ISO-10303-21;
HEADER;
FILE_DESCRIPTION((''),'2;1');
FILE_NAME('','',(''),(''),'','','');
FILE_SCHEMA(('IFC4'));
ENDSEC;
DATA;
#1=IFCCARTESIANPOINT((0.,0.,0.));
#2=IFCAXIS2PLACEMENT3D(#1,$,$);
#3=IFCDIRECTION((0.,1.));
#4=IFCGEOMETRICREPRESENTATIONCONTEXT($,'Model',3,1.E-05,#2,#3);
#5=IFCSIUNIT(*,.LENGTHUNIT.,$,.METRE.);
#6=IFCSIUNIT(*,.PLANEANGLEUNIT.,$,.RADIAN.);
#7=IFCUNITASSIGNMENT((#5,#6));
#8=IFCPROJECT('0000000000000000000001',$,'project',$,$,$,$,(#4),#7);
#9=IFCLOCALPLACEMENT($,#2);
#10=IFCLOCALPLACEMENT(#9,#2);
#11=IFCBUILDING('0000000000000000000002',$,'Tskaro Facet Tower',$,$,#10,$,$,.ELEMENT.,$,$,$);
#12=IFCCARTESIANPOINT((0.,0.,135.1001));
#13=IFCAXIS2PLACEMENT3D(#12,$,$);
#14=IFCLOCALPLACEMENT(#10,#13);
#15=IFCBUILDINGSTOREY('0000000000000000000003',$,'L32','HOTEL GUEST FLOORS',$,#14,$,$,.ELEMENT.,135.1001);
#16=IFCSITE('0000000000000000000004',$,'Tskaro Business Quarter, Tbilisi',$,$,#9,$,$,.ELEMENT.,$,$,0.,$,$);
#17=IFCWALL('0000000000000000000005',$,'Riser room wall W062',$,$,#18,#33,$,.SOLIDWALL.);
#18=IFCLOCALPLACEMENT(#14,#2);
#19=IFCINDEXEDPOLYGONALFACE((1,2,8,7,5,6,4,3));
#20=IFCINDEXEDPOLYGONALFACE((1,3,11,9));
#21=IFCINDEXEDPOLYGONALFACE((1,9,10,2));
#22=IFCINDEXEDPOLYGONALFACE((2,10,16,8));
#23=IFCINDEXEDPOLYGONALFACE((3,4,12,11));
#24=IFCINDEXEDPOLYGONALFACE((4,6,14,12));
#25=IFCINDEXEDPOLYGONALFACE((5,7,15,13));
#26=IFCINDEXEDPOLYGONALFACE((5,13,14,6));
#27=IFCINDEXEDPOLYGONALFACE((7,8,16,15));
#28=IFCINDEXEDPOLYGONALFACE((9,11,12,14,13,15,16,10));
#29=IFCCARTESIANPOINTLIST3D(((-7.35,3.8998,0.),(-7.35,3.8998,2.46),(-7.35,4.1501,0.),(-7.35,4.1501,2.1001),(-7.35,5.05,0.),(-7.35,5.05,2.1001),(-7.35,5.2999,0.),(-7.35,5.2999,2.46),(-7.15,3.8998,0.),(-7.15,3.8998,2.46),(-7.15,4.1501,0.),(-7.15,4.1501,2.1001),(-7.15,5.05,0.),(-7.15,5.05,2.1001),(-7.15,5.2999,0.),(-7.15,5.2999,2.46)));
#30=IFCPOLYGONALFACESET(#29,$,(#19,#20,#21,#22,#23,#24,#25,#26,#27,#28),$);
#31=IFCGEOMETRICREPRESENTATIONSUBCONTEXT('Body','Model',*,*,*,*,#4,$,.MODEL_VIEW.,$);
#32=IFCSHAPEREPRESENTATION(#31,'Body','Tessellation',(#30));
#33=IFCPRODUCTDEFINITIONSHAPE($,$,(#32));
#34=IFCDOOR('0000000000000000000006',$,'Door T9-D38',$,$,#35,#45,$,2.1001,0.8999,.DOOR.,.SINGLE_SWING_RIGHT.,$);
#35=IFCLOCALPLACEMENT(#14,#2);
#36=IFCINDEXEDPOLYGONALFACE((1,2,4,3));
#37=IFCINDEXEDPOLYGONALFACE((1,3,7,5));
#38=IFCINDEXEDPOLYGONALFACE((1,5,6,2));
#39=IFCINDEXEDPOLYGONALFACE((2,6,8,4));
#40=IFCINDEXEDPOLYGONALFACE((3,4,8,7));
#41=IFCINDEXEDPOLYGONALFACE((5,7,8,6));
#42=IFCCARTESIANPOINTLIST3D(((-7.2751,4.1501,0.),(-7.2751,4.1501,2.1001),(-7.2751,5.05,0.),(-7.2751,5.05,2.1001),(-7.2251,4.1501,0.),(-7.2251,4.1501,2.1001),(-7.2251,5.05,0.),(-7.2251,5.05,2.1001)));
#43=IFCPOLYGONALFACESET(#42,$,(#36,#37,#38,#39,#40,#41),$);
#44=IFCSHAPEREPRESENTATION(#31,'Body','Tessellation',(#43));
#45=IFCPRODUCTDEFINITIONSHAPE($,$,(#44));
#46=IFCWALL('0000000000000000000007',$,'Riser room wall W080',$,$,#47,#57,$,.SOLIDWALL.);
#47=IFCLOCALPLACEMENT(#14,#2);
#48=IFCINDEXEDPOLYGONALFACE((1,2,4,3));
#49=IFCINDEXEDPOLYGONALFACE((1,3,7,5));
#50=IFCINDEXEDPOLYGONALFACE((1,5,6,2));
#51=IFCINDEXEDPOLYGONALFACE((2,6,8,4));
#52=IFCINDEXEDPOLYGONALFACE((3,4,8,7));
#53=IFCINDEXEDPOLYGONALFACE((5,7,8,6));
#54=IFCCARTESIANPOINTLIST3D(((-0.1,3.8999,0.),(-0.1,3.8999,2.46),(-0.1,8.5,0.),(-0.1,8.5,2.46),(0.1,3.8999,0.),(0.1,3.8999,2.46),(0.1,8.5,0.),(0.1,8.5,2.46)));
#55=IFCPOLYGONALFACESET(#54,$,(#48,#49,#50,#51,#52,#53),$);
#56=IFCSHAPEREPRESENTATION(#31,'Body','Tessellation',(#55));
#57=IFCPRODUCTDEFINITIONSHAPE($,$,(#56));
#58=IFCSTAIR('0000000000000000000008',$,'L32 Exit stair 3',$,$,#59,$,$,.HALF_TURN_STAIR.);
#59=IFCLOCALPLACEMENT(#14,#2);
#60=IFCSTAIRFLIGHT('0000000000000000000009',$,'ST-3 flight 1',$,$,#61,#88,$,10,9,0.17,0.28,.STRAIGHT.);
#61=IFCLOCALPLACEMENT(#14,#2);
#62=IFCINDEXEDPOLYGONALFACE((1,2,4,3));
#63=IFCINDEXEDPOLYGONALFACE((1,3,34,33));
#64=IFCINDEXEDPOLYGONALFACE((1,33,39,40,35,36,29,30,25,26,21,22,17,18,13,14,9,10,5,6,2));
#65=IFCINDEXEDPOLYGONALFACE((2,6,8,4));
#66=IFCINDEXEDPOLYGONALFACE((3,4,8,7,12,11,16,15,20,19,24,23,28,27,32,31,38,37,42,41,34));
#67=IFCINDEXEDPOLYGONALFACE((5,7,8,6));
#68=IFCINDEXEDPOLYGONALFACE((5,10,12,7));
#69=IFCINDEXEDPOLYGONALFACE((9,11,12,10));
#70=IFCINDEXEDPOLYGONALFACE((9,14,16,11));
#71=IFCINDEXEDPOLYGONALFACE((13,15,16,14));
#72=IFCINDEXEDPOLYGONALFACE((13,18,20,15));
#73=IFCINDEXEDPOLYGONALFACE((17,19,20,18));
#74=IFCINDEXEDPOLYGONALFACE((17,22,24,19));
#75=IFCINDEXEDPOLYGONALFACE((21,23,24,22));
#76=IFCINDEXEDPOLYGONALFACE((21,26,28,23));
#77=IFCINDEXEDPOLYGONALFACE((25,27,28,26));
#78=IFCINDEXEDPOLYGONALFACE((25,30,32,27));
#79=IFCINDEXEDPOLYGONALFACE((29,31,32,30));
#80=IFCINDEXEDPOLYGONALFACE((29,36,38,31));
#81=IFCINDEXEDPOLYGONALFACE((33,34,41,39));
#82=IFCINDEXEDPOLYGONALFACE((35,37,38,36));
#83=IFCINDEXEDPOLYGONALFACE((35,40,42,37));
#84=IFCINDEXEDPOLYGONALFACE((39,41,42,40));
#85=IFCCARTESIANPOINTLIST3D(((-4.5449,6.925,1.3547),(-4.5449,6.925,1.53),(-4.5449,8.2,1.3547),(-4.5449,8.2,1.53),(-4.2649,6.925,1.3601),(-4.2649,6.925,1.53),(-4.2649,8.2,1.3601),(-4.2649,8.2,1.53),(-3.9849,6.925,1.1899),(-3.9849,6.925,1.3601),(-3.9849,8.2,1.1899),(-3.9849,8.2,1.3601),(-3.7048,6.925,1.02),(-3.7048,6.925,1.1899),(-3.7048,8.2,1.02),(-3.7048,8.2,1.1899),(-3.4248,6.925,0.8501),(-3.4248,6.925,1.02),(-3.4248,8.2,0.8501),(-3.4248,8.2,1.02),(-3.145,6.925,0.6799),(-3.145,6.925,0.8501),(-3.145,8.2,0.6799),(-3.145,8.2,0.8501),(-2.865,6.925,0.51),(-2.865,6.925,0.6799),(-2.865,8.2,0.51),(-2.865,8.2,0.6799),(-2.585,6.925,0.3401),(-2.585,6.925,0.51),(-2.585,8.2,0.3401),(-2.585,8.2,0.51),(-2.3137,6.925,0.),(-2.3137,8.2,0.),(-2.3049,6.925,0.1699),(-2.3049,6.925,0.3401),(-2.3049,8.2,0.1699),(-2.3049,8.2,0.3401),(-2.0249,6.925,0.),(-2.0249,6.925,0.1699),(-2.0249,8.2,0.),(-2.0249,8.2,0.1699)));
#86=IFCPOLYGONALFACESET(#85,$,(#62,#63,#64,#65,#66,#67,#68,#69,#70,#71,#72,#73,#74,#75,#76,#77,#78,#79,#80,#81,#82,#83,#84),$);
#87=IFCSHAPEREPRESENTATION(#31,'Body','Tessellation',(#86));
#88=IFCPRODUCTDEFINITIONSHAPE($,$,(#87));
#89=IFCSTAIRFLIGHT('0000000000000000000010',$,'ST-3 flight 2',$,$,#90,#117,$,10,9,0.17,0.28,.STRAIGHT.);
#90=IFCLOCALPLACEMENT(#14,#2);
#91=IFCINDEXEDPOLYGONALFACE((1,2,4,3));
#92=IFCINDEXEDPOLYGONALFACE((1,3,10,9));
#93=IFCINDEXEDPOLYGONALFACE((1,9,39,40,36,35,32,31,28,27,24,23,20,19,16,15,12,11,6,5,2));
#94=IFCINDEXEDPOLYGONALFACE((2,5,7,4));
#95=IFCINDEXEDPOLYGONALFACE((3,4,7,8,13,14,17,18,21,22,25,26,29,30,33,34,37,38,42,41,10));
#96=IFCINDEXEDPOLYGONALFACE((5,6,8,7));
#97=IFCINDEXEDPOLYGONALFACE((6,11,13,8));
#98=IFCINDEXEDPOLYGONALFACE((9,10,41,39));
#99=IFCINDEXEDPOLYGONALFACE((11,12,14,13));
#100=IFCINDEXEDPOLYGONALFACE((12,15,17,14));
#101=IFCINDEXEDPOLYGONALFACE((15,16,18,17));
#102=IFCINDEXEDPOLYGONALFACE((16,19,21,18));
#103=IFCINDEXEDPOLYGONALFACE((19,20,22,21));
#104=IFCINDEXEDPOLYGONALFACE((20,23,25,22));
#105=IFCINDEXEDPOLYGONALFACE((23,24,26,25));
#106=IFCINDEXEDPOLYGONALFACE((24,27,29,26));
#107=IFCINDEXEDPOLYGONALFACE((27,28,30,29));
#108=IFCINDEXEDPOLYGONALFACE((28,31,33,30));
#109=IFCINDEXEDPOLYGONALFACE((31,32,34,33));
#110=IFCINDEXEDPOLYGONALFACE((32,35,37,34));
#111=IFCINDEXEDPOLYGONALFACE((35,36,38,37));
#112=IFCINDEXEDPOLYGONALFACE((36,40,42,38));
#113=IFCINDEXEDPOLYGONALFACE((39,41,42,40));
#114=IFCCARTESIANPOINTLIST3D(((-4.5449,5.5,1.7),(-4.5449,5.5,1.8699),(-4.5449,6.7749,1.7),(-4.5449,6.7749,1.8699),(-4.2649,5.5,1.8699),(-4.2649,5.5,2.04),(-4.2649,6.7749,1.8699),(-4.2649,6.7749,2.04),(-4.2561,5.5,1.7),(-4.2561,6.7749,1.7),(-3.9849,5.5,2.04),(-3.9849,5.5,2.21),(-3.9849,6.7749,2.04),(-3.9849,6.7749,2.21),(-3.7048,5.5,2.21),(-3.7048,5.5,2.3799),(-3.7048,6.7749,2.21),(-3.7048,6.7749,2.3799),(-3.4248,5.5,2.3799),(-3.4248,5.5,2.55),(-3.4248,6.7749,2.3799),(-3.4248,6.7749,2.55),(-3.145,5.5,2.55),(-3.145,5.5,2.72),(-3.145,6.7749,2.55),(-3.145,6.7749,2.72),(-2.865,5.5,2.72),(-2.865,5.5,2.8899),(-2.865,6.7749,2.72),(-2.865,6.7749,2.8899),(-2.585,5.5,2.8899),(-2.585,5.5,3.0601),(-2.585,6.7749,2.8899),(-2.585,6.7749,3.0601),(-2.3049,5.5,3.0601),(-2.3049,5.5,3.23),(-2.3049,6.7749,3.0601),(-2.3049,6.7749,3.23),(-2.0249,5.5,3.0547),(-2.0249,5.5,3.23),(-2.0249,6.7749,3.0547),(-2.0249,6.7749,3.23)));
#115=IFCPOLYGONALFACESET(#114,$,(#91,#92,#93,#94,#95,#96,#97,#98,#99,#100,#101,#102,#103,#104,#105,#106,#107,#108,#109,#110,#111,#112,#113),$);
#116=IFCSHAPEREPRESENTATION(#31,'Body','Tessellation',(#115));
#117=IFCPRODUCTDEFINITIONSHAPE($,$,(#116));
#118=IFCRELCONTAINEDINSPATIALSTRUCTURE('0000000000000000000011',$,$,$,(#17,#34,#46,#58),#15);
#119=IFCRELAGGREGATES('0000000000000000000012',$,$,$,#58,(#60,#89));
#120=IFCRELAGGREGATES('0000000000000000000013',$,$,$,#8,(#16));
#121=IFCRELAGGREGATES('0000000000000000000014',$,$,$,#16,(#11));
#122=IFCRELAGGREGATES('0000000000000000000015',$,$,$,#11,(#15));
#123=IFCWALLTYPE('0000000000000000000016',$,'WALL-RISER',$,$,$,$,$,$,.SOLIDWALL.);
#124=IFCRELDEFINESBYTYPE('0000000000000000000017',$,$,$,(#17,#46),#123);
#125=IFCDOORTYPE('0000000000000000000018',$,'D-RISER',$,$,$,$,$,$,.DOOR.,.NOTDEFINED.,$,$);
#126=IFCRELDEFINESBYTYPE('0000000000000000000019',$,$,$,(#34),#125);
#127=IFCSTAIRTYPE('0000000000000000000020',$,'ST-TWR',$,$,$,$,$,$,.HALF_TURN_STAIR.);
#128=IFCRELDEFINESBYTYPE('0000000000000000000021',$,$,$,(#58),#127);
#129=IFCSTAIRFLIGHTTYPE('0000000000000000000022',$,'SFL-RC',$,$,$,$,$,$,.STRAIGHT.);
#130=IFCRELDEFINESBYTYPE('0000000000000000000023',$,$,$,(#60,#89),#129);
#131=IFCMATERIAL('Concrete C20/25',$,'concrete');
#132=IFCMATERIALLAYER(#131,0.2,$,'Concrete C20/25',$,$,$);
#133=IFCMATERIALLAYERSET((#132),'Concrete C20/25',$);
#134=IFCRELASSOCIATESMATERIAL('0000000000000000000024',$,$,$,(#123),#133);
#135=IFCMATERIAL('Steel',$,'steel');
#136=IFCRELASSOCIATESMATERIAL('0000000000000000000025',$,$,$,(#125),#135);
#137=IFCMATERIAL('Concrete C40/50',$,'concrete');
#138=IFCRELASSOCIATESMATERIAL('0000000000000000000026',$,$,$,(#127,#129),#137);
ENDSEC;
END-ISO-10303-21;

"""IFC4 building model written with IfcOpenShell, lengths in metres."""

from ifc_helpers import new_model, si_unit, direction, frame, frame_2d, origin, place, context, subcontext, project, spatial, polyline, rectangle, outline, extrude, material, layer, layer_set, type_object, element, fill, aggregate, save


model = new_model("IFC4")

# Units and contexts
model_context = context("Model", 3, precision=1e-05, world=origin(), true_north=direction((0.0, 1.0)))
body_context = subcontext(model_context, "Body", "Model", "MODEL_VIEW")
ifc_project = project(units=[si_unit("LENGTHUNIT", "METRE"), si_unit("PLANEANGLEUNIT", "RADIAN")], contexts=[model_context])

# Site, building, storey
site_placement = place(None, origin())
site = spatial("IfcSite", under=ifc_project, at=site_placement, Name="Tskaro Business Quarter, Tbilisi", CompositionType="ELEMENT", RefElevation=0.0)
building_placement = place(site_placement, origin())
building = spatial("IfcBuilding", under=site, at=building_placement, Name="Tskaro Facet Tower", CompositionType="ELEMENT")
storey_placement = place(building_placement, frame((0.0, 0.0, 135.1001)))
storey = spatial("IfcBuildingStorey", under=building, at=storey_placement, Name="L32", Description="HOTEL GUEST FLOORS", CompositionType="ELEMENT", Elevation=135.1001)

# Shared definitions
ifc_material_1 = material(Name="Steel", Category="steel")

# Shared definitions
ifc_material_2 = material(Name="Concrete C20/25", Category="concrete")
ifc_layer_1 = layer(ifc_material_2, 0.2, Name="Concrete C20/25")
ifc_layer_set_1 = layer_set([ifc_layer_1], Name="Concrete C20/25")
wall_type_1 = type_object("IfcWallType", Name="WALL-RISER", PredefinedType="SOLIDWALL", material=ifc_layer_set_1)

# Wall, opening, door
wall_1_placement = place(storey_placement, frame((-7.25, 5.3, 0.0), z_axis=(0.0, 0.0, 1.0), x_axis=(0.0, -1.0, 0.0)))
wall_1 = element("IfcWall", 1, at=wall_1_placement, inside=storey, type_object=wall_type_1, Name="Riser room wall W062", PredefinedType="SOLIDWALL", context=body_context, shape_type="SweptSolid", body=[
    extrude(rectangle(XDim=1.4001, YDim=0.2, at=frame_2d((0.7002, 0.0))), origin(), (0.0, 0.0, 1.0), 2.46),
])
opening_1_placement = place(wall_1_placement, frame((0.25, 0.0, 0.0)))
opening_1 = element("IfcOpeningElement", 2, at=opening_1_placement, cuts=wall_1, PredefinedType="OPENING", context=body_context, shape_type="SweptSolid", body=[
    extrude(rectangle(XDim=0.8999, YDim=2.1001, at=frame_2d((0.45, 1.05))), frame((0.0, 0.1099, 0.0), z_axis=(0.0, -1.0, 0.0), x_axis=(1.0, 0.0, 0.0)), (0.0, 0.0, 1.0), 0.22),
])
door_type_1 = type_object("IfcDoorType", Name="D-RISER", OperationType="NOTDEFINED", PredefinedType="DOOR", material=ifc_material_1)
door_1_placement = place(opening_1_placement, origin())
door_1 = element("IfcDoor", 3, at=door_1_placement, inside=storey, type_object=door_type_1, Name="Door T9-D38", OperationType="SINGLE_SWING_RIGHT", OverallHeight=2.1001, OverallWidth=0.8999, PredefinedType="DOOR", context=body_context, shape_type="SweptSolid", body=[
    extrude(rectangle(XDim=0.8999, YDim=2.1001, at=frame_2d((0.45, 1.05))), frame((0.0, 0.0249, 0.0), z_axis=(0.0, -1.0, 0.0), x_axis=(1.0, 0.0, 0.0)), (0.0, 0.0, 1.0), 0.05),
])
fill(opening_1, door_1)

# Wall
wall_2_placement = place(storey_placement, frame((0.0, 3.8999, 0.0), z_axis=(0.0, 0.0, 1.0), x_axis=(0.0, 1.0, 0.0)))
element("IfcWall", 4, at=wall_2_placement, inside=storey, type_object=wall_type_1, Name="Riser room wall W080", PredefinedType="SOLIDWALL", context=body_context, shape_type="SweptSolid", body=[
    extrude(rectangle(XDim=4.6001, YDim=0.2, at=frame_2d((2.3, 0.0))), origin(), (0.0, 0.0, 1.0), 2.46),
])

# Stair, stair flights
ifc_material_3 = material(Name="Concrete C40/50", Category="concrete")
stair_type = type_object("IfcStairType", Name="ST-TWR", PredefinedType="HALF_TURN_STAIR", material=ifc_material_3)
stair_placement = place(storey_placement, origin())
stair = element("IfcStair", 5, at=stair_placement, inside=storey, type_object=stair_type, Name="L32 Exit stair 3", PredefinedType="HALF_TURN_STAIR")
stair_flight_type = type_object("IfcStairFlightType", Name="SFL-RC", PredefinedType="STRAIGHT", material=ifc_material_3)
stair_flight_1_placement = place(storey_placement, frame((-2.0249, 7.5625, 0.0), z_axis=(0.0, 0.0, 1.0), x_axis=(-1.0, 0.0, 0.0)))
stair_flight_1 = element("IfcStairFlight", 6, at=stair_flight_1_placement, type_object=stair_flight_type, Name="ST-3 flight 1", NumberOfRisers=10, NumberOfTreads=9, PredefinedType="STRAIGHT", RiserHeight=0.17, TreadLength=0.28, context=body_context, shape_type="SweptSolid", body=[
    extrude(outline(polyline([(0.0, 0.0), (0.0, 0.1699), (0.28, 0.1699), (0.28, 0.3401), (0.5601, 0.3401), (0.5601, 0.51), (0.8401, 0.51), (0.8401, 0.6799), (1.1201, 0.6799), (1.1201, 0.8501), (1.3999, 0.8501), (1.3999, 1.02), (1.6799, 1.02), (1.6799, 1.1899), (1.96, 1.1899), (1.96, 1.3601), (2.24, 1.3601), (2.24, 1.53), (2.52, 1.53), (2.52, 1.7), (2.52, 1.3547), (0.2888, 0.0), (0.0, 0.0)])), frame((0.0, 0.6375, 0.0), z_axis=(0.0, -1.0, 0.0), x_axis=(1.0, 0.0, 0.0)), (0.0, 0.0, 1.0), 1.2749),
])
stair_flight_2_placement = place(storey_placement, frame((-4.5449, 6.1375, 1.7), z_axis=(0.0, 0.0, 1.0), x_axis=(1.0, 0.0, 0.0)))
stair_flight_2 = element("IfcStairFlight", 7, at=stair_flight_2_placement, type_object=stair_flight_type, Name="ST-3 flight 2", NumberOfRisers=10, NumberOfTreads=9, PredefinedType="STRAIGHT", RiserHeight=0.17, TreadLength=0.28, context=body_context, shape_type="SweptSolid", body=[
    extrude(outline(polyline([(0.0, 0.0), (0.0, 0.1699), (0.28, 0.1699), (0.28, 0.3401), (0.5601, 0.3401), (0.5601, 0.51), (0.8401, 0.51), (0.8401, 0.6799), (1.1201, 0.6799), (1.1201, 0.8501), (1.3999, 0.8501), (1.3999, 1.02), (1.6799, 1.02), (1.6799, 1.1899), (1.96, 1.1899), (1.96, 1.3601), (2.24, 1.3601), (2.24, 1.53), (2.52, 1.53), (2.52, 1.7), (2.52, 1.3547), (0.2888, 0.0), (0.0, 0.0)])), frame((0.0, 0.6375, 0.0), z_axis=(0.0, -1.0, 0.0), x_axis=(1.0, 0.0, 0.0)), (0.0, 0.0, 1.0), 1.2749),
])
aggregate(stair, [stair_flight_1, stair_flight_2])

save(model, "model.ifc")
